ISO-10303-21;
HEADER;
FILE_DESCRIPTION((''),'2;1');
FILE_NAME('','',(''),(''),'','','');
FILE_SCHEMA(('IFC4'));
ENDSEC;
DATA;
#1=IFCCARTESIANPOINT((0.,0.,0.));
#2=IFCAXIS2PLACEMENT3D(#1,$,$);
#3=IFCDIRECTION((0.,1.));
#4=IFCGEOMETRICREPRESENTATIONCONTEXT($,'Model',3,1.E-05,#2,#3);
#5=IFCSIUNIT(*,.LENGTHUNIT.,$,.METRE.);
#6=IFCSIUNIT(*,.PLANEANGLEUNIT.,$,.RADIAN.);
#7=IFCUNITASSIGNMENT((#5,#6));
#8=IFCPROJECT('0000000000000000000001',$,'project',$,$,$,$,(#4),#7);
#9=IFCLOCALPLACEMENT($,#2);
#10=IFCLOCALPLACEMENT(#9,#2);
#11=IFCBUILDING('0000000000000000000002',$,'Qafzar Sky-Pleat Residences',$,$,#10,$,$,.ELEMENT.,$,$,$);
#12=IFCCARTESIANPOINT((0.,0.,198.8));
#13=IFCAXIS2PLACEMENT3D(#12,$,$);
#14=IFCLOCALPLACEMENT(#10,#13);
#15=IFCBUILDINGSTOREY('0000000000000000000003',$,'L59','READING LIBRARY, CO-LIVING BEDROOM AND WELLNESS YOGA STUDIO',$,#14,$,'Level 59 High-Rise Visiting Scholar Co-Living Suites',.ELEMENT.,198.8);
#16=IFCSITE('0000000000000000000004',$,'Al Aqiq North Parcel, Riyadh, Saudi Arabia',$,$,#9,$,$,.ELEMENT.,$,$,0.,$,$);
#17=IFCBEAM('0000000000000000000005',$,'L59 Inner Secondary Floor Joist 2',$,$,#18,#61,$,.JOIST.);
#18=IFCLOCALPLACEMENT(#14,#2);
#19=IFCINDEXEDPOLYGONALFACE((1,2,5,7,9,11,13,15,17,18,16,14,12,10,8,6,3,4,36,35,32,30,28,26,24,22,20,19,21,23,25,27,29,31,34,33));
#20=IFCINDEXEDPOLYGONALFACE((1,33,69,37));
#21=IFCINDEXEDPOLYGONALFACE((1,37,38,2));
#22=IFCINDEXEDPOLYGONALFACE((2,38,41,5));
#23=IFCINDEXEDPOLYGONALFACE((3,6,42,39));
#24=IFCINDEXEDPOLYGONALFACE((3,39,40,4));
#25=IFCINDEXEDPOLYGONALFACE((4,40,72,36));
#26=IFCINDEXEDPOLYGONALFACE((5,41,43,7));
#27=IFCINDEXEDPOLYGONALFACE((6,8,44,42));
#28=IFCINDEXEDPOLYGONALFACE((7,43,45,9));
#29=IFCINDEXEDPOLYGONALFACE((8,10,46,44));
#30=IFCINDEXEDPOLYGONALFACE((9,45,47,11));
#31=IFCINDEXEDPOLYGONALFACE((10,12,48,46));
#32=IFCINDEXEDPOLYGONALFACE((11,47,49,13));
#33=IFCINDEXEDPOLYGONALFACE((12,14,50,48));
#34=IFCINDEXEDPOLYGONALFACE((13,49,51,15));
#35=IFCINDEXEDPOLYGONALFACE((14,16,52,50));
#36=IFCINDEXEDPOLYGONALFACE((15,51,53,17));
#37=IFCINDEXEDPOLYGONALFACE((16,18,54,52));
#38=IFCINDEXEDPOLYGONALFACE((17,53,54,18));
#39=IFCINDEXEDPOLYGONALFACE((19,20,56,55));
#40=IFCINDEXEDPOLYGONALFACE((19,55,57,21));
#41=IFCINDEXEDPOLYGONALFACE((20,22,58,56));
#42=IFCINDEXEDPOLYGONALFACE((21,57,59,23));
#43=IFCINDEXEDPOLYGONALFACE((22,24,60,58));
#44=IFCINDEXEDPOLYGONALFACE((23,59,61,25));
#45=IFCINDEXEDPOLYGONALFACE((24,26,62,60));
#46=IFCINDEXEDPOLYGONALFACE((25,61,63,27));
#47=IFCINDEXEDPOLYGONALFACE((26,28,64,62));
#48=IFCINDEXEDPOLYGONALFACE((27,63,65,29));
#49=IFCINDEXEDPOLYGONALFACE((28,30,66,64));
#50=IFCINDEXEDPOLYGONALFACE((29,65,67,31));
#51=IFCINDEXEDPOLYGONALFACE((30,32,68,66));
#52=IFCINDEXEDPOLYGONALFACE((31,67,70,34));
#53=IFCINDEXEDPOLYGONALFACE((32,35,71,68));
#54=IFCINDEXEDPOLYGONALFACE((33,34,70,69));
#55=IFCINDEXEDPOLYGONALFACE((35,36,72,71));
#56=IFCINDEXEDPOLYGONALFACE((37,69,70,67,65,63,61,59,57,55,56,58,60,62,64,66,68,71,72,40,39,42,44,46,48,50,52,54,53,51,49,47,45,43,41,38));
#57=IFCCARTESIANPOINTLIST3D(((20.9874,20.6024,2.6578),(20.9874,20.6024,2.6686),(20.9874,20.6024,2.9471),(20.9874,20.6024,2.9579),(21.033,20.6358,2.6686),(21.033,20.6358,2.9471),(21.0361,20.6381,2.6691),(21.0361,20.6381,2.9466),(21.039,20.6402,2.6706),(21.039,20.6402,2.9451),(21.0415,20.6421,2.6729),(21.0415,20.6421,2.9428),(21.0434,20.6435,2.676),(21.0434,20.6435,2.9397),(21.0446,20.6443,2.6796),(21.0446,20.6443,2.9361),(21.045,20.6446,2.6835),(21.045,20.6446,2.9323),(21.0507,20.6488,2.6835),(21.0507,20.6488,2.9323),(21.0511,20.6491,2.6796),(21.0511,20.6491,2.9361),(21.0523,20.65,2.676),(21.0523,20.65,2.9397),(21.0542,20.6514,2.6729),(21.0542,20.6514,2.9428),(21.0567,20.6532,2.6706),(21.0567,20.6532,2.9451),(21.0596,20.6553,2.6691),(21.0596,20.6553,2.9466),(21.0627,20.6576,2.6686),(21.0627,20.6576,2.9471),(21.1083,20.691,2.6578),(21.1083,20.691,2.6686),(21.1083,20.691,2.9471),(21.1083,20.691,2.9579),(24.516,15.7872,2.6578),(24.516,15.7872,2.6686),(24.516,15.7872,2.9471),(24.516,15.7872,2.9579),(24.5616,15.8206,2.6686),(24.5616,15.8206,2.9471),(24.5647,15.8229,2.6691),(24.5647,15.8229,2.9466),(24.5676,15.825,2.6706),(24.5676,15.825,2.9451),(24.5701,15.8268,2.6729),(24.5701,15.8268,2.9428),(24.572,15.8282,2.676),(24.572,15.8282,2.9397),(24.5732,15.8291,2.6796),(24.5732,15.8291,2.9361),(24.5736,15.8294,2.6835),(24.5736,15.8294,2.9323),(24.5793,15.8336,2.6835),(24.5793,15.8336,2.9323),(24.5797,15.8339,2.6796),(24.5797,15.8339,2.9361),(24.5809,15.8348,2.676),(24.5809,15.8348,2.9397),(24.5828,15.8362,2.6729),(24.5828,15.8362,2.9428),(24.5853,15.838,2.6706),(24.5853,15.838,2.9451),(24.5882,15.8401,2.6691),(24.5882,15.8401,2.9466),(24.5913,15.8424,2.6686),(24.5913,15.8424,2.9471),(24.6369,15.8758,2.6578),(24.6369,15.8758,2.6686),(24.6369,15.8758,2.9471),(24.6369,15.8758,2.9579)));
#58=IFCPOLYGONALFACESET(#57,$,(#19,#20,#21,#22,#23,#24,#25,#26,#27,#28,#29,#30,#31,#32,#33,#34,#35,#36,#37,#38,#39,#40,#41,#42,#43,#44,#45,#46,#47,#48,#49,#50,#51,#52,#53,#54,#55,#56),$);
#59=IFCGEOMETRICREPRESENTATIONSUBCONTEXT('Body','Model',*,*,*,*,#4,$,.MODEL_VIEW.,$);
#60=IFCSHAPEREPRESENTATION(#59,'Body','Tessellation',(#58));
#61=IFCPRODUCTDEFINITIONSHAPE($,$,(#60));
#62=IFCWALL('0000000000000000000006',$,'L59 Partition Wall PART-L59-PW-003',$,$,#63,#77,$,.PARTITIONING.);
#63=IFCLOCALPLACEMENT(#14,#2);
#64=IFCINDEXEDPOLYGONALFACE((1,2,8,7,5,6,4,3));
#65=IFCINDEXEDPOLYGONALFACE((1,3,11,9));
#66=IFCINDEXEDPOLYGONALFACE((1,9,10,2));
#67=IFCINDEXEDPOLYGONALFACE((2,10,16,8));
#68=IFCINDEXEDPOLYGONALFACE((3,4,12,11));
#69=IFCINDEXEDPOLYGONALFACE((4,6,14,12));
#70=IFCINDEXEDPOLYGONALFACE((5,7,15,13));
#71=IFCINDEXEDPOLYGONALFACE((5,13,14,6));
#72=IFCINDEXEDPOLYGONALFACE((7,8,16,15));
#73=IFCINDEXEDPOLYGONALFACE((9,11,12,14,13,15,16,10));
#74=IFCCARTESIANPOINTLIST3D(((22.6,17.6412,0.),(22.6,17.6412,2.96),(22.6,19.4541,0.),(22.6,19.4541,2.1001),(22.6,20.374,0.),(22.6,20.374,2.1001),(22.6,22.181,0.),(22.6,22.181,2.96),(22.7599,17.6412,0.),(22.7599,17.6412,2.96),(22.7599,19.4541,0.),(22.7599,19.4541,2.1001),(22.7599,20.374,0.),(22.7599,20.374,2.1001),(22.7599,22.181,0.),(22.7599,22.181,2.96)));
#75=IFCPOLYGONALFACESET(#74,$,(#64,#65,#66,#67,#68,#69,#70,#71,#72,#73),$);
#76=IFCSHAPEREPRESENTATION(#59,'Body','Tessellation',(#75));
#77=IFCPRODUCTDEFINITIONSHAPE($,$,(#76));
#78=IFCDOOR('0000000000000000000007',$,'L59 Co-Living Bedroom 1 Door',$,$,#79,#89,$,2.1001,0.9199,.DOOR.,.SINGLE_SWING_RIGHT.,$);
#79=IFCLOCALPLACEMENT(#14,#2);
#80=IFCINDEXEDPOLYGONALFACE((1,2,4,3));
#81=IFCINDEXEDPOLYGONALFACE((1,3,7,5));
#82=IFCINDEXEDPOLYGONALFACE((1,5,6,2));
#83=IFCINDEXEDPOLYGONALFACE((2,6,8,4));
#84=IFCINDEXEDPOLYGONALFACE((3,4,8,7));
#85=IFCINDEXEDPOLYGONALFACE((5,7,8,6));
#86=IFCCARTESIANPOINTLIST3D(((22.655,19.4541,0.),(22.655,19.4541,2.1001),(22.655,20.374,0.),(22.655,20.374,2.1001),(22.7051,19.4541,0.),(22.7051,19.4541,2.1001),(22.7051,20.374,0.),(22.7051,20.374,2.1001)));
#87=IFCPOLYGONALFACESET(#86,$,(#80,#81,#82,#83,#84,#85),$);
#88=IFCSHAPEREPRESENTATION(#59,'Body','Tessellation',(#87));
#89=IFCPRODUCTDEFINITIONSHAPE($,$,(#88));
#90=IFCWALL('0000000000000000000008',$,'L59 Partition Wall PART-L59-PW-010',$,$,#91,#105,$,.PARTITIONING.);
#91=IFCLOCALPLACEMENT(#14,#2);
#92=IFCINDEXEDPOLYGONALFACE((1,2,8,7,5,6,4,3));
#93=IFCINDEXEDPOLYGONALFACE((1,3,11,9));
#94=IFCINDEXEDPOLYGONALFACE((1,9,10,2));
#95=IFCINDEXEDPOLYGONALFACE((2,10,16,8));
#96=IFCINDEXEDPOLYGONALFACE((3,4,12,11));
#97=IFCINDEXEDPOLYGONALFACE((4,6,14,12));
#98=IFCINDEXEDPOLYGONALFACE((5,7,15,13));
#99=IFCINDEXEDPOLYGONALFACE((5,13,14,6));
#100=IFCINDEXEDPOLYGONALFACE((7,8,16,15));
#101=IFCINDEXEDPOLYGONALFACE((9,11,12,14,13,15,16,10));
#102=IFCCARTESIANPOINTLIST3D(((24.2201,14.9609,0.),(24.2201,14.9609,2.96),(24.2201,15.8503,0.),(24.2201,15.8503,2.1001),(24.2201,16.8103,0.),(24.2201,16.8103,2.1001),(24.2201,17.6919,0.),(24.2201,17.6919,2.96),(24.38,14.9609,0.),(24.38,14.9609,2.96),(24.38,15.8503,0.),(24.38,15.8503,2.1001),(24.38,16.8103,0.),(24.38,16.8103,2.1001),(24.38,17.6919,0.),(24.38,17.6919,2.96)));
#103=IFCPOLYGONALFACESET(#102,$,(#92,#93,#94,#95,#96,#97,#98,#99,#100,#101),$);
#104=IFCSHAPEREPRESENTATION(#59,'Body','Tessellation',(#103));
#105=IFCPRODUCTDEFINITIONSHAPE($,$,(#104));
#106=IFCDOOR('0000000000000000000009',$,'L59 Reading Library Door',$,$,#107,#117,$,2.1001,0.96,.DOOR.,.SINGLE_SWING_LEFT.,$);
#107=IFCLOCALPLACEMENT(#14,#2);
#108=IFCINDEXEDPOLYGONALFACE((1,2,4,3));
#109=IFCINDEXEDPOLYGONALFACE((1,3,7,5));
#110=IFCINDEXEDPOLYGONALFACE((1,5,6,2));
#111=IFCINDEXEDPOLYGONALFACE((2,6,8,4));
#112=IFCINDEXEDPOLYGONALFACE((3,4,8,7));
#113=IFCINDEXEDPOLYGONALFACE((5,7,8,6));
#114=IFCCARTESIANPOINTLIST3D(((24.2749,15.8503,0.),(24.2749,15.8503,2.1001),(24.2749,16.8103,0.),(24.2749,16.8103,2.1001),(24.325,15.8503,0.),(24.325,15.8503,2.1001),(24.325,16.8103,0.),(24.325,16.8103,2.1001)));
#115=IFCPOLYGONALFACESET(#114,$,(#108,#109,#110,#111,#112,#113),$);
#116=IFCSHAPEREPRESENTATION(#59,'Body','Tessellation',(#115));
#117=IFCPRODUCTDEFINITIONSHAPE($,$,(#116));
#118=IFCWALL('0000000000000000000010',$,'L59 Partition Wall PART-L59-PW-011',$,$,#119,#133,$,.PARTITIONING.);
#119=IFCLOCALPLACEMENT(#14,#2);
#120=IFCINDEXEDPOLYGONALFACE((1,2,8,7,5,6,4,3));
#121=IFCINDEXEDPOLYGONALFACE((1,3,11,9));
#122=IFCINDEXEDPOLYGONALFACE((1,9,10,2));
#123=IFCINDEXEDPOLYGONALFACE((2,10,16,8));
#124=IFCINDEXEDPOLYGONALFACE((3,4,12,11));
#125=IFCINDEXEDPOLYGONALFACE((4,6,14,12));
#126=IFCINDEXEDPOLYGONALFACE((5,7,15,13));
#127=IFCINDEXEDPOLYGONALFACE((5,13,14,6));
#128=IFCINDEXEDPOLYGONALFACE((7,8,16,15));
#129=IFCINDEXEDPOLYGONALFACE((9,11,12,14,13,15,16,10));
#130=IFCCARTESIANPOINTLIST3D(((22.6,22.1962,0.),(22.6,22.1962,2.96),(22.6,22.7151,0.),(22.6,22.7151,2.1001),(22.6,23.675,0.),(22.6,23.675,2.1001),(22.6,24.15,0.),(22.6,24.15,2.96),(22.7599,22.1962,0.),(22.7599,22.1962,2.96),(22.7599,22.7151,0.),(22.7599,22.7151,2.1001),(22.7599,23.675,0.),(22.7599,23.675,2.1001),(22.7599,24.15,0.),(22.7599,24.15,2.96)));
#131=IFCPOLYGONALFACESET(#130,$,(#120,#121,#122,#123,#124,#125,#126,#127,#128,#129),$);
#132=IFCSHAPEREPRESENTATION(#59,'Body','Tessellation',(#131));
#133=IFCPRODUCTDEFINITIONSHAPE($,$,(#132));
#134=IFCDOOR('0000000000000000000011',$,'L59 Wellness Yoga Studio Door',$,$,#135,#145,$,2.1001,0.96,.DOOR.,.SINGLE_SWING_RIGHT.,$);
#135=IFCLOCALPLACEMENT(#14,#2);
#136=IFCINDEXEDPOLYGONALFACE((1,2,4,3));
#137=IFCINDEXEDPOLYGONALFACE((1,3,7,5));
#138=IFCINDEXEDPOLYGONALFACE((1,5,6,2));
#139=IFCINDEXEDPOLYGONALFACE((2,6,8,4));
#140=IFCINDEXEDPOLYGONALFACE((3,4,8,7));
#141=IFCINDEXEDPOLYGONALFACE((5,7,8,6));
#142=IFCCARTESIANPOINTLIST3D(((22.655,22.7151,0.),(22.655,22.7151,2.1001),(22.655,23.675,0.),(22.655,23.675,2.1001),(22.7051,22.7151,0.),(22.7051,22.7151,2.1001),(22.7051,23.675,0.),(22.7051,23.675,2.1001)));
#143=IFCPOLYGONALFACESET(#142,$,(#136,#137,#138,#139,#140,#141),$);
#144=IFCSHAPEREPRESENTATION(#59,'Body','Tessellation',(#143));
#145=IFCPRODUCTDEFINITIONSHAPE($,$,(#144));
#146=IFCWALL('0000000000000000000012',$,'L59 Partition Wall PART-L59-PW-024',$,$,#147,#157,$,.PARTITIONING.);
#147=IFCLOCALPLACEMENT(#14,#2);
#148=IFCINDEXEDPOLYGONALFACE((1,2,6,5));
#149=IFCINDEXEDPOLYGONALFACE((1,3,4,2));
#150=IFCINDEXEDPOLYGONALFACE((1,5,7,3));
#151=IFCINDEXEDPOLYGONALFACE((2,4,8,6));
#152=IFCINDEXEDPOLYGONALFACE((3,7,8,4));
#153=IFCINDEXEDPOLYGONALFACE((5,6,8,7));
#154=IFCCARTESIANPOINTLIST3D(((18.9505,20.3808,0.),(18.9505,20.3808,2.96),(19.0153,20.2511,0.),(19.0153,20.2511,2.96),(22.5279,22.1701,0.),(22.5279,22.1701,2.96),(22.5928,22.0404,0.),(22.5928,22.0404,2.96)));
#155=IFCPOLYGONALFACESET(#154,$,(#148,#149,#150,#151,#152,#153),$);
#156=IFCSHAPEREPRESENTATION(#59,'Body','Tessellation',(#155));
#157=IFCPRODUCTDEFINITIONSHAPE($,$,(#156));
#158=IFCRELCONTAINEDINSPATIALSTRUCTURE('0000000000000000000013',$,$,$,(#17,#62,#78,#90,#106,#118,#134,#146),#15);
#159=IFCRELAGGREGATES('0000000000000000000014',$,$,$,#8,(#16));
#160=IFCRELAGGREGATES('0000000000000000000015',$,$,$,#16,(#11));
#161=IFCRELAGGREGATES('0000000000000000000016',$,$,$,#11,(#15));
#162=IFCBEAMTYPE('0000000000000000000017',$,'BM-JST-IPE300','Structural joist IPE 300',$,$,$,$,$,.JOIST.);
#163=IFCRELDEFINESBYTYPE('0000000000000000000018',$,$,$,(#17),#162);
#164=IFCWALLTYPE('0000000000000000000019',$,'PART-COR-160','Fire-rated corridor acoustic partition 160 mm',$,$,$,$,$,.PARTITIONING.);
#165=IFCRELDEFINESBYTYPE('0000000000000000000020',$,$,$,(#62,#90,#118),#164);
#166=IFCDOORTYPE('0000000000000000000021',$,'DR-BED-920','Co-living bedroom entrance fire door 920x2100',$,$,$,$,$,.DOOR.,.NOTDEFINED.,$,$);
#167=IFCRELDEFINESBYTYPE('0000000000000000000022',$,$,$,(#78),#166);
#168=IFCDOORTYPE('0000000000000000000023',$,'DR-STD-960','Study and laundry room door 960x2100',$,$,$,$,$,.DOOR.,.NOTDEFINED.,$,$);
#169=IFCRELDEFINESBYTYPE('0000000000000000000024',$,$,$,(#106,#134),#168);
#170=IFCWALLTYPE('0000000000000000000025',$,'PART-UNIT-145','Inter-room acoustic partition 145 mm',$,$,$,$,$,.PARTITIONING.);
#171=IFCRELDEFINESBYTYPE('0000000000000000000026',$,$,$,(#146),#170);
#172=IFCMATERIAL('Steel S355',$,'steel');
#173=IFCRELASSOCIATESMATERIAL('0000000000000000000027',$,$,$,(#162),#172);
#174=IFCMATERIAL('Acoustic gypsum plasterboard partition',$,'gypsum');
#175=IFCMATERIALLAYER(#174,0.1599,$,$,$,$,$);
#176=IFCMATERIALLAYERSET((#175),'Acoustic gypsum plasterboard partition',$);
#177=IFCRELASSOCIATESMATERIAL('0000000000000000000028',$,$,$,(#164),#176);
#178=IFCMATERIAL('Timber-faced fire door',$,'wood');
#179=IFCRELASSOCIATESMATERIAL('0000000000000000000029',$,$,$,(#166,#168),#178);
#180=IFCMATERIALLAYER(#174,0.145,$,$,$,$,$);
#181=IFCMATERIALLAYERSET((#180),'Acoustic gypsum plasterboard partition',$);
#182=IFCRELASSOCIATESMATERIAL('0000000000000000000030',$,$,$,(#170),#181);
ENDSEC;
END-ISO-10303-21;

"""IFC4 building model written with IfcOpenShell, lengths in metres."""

from ifc_helpers import new_model, si_unit, direction, frame, frame_2d, origin, origin_2d, place, context, subcontext, project, spatial, rectangle, i_section, extrude, source, transform, mapped, material, layer, layer_set, material_profile, profile_set, type_object, element, fill, save


model = new_model("IFC4")

# Units and contexts
model_context = context("Model", 3, precision=1e-05, world=origin(), true_north=direction((0.0, 1.0)))
body_context = subcontext(model_context, "Body", "Model", "MODEL_VIEW")
ifc_project = project(units=[si_unit("LENGTHUNIT", "METRE"), si_unit("PLANEANGLEUNIT", "RADIAN")], contexts=[model_context])

# Site, building, storey
site_placement = place(None, origin())
site = spatial("IfcSite", under=ifc_project, at=site_placement, Name="Al Aqiq North Parcel, Riyadh, Saudi Arabia", CompositionType="ELEMENT", RefElevation=0.0)
building_placement = place(site_placement, origin())
building = spatial("IfcBuilding", under=site, at=building_placement, Name="Qafzar Sky-Pleat Residences", CompositionType="ELEMENT")
storey_placement = place(building_placement, frame((0.0, 0.0, 198.8)))
storey = spatial("IfcBuildingStorey", under=building, at=storey_placement, Name="L59", Description="READING LIBRARY, CO-LIVING BEDROOM AND WELLNESS YOGA STUDIO", LongName="Level 59 High-Rise Visiting Scholar Co-Living Suites", CompositionType="ELEMENT", Elevation=198.8)

# Beam
ifc_material_1 = material(Name="Steel S355", Category="steel")
ifc_material_profile = material_profile(ifc_material_1, i_section(OverallWidth=0.1499, OverallDepth=0.3, WebThickness=0.0071, FlangeThickness=0.0107, FilletRadius=0.0149, at=origin_2d()), Name="IPE 300")
ifc_profile_set = profile_set([ifc_material_profile], Name="Steel S355")
beam_type = type_object("IfcBeamType", Name="BM-JST-IPE300", Description="Structural joist IPE 300", PredefinedType="JOIST", material=ifc_profile_set)
shared_shape_1 = source(origin(), body_context, "Body", "SweptSolid", [
    extrude(i_section(OverallWidth=0.1499, OverallDepth=0.3, WebThickness=0.0071, FlangeThickness=0.0107, FilletRadius=0.0149, at=origin_2d()), origin(), (0.0, 0.0, 1.0), 5.9697),
])
beam_placement = place(storey_placement, frame((21.0479, 20.6467, 2.8079), z_axis=(0.591083, -0.80661, 0.0), x_axis=(0.80661, 0.591083, 0.0)))
element("IfcBeam", 1, at=beam_placement, inside=storey, type_object=beam_type, Name="L59 Inner Secondary Floor Joist 2", PredefinedType="JOIST", context=body_context, shape_type="MappedRepresentation", body=[
    mapped(shared_shape_1, transform((0.0, 0.0, 0.0), x_axis=(1.0, 0.0, 0.0), y_axis=(0.0, 1.0, 0.0), z_axis=(0.0, 0.0, 1.0), scale=1.0)),
])

# Walls, openings, doors
ifc_material_2 = material(Name="Acoustic gypsum plasterboard partition", Category="gypsum")
ifc_layer_1 = layer(ifc_material_2, 0.1599)
ifc_layer_set_1 = layer_set([ifc_layer_1], Name="Acoustic gypsum plasterboard partition")
wall_type_1 = type_object("IfcWallType", Name="PART-COR-160", Description="Fire-rated corridor acoustic partition 160 mm", PredefinedType="PARTITIONING", material=ifc_layer_set_1)
wall_1_placement = place(storey_placement, frame((22.6799, 17.6411, 0.0), z_axis=(0.0, 0.0, 1.0), x_axis=(0.0, 1.0, 0.0)))
wall_1 = element("IfcWall", 2, at=wall_1_placement, inside=storey, type_object=wall_type_1, Name="L59 Partition Wall PART-L59-PW-003", PredefinedType="PARTITIONING", context=body_context, shape_type="SweptSolid", body=[
    extrude(rectangle(XDim=4.5398, YDim=0.1599, at=frame_2d((2.27, 0.0))), origin(), (0.0, 0.0, 1.0), 2.96),
])
opening_1_placement = place(wall_1_placement, frame((1.813, 0.0, 0.0)))
opening_1 = element("IfcOpeningElement", 3, at=opening_1_placement, cuts=wall_1, PredefinedType="OPENING", context=body_context, shape_type="SweptSolid", body=[
    extrude(rectangle(XDim=0.9199, YDim=2.1001, at=frame_2d((0.46, 1.05))), frame((0.0, 0.0898, 0.0), z_axis=(0.0, -1.0, 0.0), x_axis=(1.0, 0.0, 0.0)), (0.0, 0.0, 1.0), 0.1799),
])
ifc_material_3 = material(Name="Timber-faced fire door", Category="wood")
door_type_1 = type_object("IfcDoorType", Name="DR-BED-920", Description="Co-living bedroom entrance fire door 920x2100", OperationType="NOTDEFINED", PredefinedType="DOOR", material=ifc_material_3)
shared_shape_2 = source(origin(), body_context, "Body", "SweptSolid", [
    extrude(rectangle(XDim=0.9199, YDim=2.1001, at=frame_2d((0.46, 1.05))), frame((0.0, 0.0249, 0.0), z_axis=(0.0, -1.0, 0.0), x_axis=(1.0, 0.0, 0.0)), (0.0, 0.0, 1.0), 0.05),
])
door_1_placement = place(opening_1_placement, origin())
door_1 = element("IfcDoor", 4, at=door_1_placement, inside=storey, type_object=door_type_1, Name="L59 Co-Living Bedroom 1 Door", OperationType="SINGLE_SWING_RIGHT", OverallHeight=2.1001, OverallWidth=0.9199, PredefinedType="DOOR", context=body_context, shape_type="MappedRepresentation", body=[
    mapped(shared_shape_2, transform((0.0, 0.0, 0.0), x_axis=(1.0, 0.0, 0.0), y_axis=(0.0, 1.0, 0.0), z_axis=(0.0, 0.0, 1.0), scale=1.0)),
])
fill(opening_1, door_1)
wall_2_placement = place(storey_placement, frame((24.3, 17.6919, 0.0), z_axis=(0.0, 0.0, 1.0), x_axis=(0.0, -1.0, 0.0)))
wall_2 = element("IfcWall", 5, at=wall_2_placement, inside=storey, type_object=wall_type_1, Name="L59 Partition Wall PART-L59-PW-010", PredefinedType="PARTITIONING", context=body_context, shape_type="SweptSolid", body=[
    extrude(rectangle(XDim=2.731, YDim=0.1599, at=frame_2d((1.3655, 0.0))), origin(), (0.0, 0.0, 1.0), 2.96),
])
opening_2_placement = place(wall_2_placement, frame((0.8816, 0.0, 0.0)))
opening_2 = element("IfcOpeningElement", 6, at=opening_2_placement, cuts=wall_2, PredefinedType="OPENING", context=body_context, shape_type="SweptSolid", body=[
    extrude(rectangle(XDim=0.96, YDim=2.1001, at=frame_2d((0.48, 1.05))), frame((0.0, 0.0898, 0.0), z_axis=(0.0, -1.0, 0.0), x_axis=(1.0, 0.0, 0.0)), (0.0, 0.0, 1.0), 0.1799),
])
door_type_2 = type_object("IfcDoorType", Name="DR-STD-960", Description="Study and laundry room door 960x2100", OperationType="NOTDEFINED", PredefinedType="DOOR", material=ifc_material_3)
shared_shape_3 = source(origin(), body_context, "Body", "SweptSolid", [
    extrude(rectangle(XDim=0.96, YDim=2.1001, at=frame_2d((0.48, 1.05))), frame((0.0, 0.0249, 0.0), z_axis=(0.0, -1.0, 0.0), x_axis=(1.0, 0.0, 0.0)), (0.0, 0.0, 1.0), 0.05),
])
door_2_placement = place(opening_2_placement, origin())
door_2 = element("IfcDoor", 7, at=door_2_placement, inside=storey, type_object=door_type_2, Name="L59 Reading Library Door", OperationType="SINGLE_SWING_LEFT", OverallHeight=2.1001, OverallWidth=0.96, PredefinedType="DOOR", context=body_context, shape_type="MappedRepresentation", body=[
    mapped(shared_shape_3, transform((0.0, 0.0, 0.0), x_axis=(1.0, 0.0, 0.0), y_axis=(0.0, 1.0, 0.0), z_axis=(0.0, 0.0, 1.0), scale=1.0)),
])
fill(opening_2, door_2)
wall_3_placement = place(storey_placement, frame((22.6799, 22.196, 0.0), z_axis=(0.0, 0.0, 1.0), x_axis=(0.0, 1.0, 0.0)))
wall_3 = element("IfcWall", 8, at=wall_3_placement, inside=storey, type_object=wall_type_1, Name="L59 Partition Wall PART-L59-PW-011", PredefinedType="PARTITIONING", context=body_context, shape_type="SweptSolid", body=[
    extrude(rectangle(XDim=1.9539, YDim=0.1599, at=frame_2d((0.9771, 0.0))), origin(), (0.0, 0.0, 1.0), 2.96),
])
opening_3_placement = place(wall_3_placement, frame((0.519, 0.0, 0.0)))
opening_3 = element("IfcOpeningElement", 9, at=opening_3_placement, cuts=wall_3, PredefinedType="OPENING", context=body_context, shape_type="SweptSolid", body=[
    extrude(rectangle(XDim=0.96, YDim=2.1001, at=frame_2d((0.48, 1.05))), frame((0.0, 0.0898, 0.0), z_axis=(0.0, -1.0, 0.0), x_axis=(1.0, 0.0, 0.0)), (0.0, 0.0, 1.0), 0.1799),
])
door_3_placement = place(opening_3_placement, origin())
door_3 = element("IfcDoor", 10, at=door_3_placement, inside=storey, type_object=door_type_2, Name="L59 Wellness Yoga Studio Door", OperationType="SINGLE_SWING_RIGHT", OverallHeight=2.1001, OverallWidth=0.96, PredefinedType="DOOR", context=body_context, shape_type="MappedRepresentation", body=[
    mapped(shared_shape_3, transform((0.0, 0.0, 0.0), x_axis=(1.0, 0.0, 0.0), y_axis=(0.0, 1.0, 0.0), z_axis=(0.0, 0.0, 1.0), scale=1.0)),
])
fill(opening_3, door_3)

# Wall
ifc_layer_2 = layer(ifc_material_2, 0.145)
ifc_layer_set_2 = layer_set([ifc_layer_2], Name="Acoustic gypsum plasterboard partition")
wall_type_2 = type_object("IfcWallType", Name="PART-UNIT-145", Description="Inter-room acoustic partition 145 mm", PredefinedType="PARTITIONING", material=ifc_layer_set_2)
wall_4_placement = place(storey_placement, frame((18.9829, 20.3159, 0.0), z_axis=(0.0, 0.0, 1.0), x_axis=(0.894366, 0.447336, 0.0)))
element("IfcWall", 11, at=wall_4_placement, inside=storey, type_object=wall_type_2, Name="L59 Partition Wall PART-L59-PW-024", PredefinedType="PARTITIONING", context=body_context, shape_type="SweptSolid", body=[
    extrude(rectangle(XDim=4.0, YDim=0.145, at=frame_2d((2.0, 0.0))), origin(), (0.0, 0.0, 1.0), 2.96),
])

save(model, "model.ifc")
